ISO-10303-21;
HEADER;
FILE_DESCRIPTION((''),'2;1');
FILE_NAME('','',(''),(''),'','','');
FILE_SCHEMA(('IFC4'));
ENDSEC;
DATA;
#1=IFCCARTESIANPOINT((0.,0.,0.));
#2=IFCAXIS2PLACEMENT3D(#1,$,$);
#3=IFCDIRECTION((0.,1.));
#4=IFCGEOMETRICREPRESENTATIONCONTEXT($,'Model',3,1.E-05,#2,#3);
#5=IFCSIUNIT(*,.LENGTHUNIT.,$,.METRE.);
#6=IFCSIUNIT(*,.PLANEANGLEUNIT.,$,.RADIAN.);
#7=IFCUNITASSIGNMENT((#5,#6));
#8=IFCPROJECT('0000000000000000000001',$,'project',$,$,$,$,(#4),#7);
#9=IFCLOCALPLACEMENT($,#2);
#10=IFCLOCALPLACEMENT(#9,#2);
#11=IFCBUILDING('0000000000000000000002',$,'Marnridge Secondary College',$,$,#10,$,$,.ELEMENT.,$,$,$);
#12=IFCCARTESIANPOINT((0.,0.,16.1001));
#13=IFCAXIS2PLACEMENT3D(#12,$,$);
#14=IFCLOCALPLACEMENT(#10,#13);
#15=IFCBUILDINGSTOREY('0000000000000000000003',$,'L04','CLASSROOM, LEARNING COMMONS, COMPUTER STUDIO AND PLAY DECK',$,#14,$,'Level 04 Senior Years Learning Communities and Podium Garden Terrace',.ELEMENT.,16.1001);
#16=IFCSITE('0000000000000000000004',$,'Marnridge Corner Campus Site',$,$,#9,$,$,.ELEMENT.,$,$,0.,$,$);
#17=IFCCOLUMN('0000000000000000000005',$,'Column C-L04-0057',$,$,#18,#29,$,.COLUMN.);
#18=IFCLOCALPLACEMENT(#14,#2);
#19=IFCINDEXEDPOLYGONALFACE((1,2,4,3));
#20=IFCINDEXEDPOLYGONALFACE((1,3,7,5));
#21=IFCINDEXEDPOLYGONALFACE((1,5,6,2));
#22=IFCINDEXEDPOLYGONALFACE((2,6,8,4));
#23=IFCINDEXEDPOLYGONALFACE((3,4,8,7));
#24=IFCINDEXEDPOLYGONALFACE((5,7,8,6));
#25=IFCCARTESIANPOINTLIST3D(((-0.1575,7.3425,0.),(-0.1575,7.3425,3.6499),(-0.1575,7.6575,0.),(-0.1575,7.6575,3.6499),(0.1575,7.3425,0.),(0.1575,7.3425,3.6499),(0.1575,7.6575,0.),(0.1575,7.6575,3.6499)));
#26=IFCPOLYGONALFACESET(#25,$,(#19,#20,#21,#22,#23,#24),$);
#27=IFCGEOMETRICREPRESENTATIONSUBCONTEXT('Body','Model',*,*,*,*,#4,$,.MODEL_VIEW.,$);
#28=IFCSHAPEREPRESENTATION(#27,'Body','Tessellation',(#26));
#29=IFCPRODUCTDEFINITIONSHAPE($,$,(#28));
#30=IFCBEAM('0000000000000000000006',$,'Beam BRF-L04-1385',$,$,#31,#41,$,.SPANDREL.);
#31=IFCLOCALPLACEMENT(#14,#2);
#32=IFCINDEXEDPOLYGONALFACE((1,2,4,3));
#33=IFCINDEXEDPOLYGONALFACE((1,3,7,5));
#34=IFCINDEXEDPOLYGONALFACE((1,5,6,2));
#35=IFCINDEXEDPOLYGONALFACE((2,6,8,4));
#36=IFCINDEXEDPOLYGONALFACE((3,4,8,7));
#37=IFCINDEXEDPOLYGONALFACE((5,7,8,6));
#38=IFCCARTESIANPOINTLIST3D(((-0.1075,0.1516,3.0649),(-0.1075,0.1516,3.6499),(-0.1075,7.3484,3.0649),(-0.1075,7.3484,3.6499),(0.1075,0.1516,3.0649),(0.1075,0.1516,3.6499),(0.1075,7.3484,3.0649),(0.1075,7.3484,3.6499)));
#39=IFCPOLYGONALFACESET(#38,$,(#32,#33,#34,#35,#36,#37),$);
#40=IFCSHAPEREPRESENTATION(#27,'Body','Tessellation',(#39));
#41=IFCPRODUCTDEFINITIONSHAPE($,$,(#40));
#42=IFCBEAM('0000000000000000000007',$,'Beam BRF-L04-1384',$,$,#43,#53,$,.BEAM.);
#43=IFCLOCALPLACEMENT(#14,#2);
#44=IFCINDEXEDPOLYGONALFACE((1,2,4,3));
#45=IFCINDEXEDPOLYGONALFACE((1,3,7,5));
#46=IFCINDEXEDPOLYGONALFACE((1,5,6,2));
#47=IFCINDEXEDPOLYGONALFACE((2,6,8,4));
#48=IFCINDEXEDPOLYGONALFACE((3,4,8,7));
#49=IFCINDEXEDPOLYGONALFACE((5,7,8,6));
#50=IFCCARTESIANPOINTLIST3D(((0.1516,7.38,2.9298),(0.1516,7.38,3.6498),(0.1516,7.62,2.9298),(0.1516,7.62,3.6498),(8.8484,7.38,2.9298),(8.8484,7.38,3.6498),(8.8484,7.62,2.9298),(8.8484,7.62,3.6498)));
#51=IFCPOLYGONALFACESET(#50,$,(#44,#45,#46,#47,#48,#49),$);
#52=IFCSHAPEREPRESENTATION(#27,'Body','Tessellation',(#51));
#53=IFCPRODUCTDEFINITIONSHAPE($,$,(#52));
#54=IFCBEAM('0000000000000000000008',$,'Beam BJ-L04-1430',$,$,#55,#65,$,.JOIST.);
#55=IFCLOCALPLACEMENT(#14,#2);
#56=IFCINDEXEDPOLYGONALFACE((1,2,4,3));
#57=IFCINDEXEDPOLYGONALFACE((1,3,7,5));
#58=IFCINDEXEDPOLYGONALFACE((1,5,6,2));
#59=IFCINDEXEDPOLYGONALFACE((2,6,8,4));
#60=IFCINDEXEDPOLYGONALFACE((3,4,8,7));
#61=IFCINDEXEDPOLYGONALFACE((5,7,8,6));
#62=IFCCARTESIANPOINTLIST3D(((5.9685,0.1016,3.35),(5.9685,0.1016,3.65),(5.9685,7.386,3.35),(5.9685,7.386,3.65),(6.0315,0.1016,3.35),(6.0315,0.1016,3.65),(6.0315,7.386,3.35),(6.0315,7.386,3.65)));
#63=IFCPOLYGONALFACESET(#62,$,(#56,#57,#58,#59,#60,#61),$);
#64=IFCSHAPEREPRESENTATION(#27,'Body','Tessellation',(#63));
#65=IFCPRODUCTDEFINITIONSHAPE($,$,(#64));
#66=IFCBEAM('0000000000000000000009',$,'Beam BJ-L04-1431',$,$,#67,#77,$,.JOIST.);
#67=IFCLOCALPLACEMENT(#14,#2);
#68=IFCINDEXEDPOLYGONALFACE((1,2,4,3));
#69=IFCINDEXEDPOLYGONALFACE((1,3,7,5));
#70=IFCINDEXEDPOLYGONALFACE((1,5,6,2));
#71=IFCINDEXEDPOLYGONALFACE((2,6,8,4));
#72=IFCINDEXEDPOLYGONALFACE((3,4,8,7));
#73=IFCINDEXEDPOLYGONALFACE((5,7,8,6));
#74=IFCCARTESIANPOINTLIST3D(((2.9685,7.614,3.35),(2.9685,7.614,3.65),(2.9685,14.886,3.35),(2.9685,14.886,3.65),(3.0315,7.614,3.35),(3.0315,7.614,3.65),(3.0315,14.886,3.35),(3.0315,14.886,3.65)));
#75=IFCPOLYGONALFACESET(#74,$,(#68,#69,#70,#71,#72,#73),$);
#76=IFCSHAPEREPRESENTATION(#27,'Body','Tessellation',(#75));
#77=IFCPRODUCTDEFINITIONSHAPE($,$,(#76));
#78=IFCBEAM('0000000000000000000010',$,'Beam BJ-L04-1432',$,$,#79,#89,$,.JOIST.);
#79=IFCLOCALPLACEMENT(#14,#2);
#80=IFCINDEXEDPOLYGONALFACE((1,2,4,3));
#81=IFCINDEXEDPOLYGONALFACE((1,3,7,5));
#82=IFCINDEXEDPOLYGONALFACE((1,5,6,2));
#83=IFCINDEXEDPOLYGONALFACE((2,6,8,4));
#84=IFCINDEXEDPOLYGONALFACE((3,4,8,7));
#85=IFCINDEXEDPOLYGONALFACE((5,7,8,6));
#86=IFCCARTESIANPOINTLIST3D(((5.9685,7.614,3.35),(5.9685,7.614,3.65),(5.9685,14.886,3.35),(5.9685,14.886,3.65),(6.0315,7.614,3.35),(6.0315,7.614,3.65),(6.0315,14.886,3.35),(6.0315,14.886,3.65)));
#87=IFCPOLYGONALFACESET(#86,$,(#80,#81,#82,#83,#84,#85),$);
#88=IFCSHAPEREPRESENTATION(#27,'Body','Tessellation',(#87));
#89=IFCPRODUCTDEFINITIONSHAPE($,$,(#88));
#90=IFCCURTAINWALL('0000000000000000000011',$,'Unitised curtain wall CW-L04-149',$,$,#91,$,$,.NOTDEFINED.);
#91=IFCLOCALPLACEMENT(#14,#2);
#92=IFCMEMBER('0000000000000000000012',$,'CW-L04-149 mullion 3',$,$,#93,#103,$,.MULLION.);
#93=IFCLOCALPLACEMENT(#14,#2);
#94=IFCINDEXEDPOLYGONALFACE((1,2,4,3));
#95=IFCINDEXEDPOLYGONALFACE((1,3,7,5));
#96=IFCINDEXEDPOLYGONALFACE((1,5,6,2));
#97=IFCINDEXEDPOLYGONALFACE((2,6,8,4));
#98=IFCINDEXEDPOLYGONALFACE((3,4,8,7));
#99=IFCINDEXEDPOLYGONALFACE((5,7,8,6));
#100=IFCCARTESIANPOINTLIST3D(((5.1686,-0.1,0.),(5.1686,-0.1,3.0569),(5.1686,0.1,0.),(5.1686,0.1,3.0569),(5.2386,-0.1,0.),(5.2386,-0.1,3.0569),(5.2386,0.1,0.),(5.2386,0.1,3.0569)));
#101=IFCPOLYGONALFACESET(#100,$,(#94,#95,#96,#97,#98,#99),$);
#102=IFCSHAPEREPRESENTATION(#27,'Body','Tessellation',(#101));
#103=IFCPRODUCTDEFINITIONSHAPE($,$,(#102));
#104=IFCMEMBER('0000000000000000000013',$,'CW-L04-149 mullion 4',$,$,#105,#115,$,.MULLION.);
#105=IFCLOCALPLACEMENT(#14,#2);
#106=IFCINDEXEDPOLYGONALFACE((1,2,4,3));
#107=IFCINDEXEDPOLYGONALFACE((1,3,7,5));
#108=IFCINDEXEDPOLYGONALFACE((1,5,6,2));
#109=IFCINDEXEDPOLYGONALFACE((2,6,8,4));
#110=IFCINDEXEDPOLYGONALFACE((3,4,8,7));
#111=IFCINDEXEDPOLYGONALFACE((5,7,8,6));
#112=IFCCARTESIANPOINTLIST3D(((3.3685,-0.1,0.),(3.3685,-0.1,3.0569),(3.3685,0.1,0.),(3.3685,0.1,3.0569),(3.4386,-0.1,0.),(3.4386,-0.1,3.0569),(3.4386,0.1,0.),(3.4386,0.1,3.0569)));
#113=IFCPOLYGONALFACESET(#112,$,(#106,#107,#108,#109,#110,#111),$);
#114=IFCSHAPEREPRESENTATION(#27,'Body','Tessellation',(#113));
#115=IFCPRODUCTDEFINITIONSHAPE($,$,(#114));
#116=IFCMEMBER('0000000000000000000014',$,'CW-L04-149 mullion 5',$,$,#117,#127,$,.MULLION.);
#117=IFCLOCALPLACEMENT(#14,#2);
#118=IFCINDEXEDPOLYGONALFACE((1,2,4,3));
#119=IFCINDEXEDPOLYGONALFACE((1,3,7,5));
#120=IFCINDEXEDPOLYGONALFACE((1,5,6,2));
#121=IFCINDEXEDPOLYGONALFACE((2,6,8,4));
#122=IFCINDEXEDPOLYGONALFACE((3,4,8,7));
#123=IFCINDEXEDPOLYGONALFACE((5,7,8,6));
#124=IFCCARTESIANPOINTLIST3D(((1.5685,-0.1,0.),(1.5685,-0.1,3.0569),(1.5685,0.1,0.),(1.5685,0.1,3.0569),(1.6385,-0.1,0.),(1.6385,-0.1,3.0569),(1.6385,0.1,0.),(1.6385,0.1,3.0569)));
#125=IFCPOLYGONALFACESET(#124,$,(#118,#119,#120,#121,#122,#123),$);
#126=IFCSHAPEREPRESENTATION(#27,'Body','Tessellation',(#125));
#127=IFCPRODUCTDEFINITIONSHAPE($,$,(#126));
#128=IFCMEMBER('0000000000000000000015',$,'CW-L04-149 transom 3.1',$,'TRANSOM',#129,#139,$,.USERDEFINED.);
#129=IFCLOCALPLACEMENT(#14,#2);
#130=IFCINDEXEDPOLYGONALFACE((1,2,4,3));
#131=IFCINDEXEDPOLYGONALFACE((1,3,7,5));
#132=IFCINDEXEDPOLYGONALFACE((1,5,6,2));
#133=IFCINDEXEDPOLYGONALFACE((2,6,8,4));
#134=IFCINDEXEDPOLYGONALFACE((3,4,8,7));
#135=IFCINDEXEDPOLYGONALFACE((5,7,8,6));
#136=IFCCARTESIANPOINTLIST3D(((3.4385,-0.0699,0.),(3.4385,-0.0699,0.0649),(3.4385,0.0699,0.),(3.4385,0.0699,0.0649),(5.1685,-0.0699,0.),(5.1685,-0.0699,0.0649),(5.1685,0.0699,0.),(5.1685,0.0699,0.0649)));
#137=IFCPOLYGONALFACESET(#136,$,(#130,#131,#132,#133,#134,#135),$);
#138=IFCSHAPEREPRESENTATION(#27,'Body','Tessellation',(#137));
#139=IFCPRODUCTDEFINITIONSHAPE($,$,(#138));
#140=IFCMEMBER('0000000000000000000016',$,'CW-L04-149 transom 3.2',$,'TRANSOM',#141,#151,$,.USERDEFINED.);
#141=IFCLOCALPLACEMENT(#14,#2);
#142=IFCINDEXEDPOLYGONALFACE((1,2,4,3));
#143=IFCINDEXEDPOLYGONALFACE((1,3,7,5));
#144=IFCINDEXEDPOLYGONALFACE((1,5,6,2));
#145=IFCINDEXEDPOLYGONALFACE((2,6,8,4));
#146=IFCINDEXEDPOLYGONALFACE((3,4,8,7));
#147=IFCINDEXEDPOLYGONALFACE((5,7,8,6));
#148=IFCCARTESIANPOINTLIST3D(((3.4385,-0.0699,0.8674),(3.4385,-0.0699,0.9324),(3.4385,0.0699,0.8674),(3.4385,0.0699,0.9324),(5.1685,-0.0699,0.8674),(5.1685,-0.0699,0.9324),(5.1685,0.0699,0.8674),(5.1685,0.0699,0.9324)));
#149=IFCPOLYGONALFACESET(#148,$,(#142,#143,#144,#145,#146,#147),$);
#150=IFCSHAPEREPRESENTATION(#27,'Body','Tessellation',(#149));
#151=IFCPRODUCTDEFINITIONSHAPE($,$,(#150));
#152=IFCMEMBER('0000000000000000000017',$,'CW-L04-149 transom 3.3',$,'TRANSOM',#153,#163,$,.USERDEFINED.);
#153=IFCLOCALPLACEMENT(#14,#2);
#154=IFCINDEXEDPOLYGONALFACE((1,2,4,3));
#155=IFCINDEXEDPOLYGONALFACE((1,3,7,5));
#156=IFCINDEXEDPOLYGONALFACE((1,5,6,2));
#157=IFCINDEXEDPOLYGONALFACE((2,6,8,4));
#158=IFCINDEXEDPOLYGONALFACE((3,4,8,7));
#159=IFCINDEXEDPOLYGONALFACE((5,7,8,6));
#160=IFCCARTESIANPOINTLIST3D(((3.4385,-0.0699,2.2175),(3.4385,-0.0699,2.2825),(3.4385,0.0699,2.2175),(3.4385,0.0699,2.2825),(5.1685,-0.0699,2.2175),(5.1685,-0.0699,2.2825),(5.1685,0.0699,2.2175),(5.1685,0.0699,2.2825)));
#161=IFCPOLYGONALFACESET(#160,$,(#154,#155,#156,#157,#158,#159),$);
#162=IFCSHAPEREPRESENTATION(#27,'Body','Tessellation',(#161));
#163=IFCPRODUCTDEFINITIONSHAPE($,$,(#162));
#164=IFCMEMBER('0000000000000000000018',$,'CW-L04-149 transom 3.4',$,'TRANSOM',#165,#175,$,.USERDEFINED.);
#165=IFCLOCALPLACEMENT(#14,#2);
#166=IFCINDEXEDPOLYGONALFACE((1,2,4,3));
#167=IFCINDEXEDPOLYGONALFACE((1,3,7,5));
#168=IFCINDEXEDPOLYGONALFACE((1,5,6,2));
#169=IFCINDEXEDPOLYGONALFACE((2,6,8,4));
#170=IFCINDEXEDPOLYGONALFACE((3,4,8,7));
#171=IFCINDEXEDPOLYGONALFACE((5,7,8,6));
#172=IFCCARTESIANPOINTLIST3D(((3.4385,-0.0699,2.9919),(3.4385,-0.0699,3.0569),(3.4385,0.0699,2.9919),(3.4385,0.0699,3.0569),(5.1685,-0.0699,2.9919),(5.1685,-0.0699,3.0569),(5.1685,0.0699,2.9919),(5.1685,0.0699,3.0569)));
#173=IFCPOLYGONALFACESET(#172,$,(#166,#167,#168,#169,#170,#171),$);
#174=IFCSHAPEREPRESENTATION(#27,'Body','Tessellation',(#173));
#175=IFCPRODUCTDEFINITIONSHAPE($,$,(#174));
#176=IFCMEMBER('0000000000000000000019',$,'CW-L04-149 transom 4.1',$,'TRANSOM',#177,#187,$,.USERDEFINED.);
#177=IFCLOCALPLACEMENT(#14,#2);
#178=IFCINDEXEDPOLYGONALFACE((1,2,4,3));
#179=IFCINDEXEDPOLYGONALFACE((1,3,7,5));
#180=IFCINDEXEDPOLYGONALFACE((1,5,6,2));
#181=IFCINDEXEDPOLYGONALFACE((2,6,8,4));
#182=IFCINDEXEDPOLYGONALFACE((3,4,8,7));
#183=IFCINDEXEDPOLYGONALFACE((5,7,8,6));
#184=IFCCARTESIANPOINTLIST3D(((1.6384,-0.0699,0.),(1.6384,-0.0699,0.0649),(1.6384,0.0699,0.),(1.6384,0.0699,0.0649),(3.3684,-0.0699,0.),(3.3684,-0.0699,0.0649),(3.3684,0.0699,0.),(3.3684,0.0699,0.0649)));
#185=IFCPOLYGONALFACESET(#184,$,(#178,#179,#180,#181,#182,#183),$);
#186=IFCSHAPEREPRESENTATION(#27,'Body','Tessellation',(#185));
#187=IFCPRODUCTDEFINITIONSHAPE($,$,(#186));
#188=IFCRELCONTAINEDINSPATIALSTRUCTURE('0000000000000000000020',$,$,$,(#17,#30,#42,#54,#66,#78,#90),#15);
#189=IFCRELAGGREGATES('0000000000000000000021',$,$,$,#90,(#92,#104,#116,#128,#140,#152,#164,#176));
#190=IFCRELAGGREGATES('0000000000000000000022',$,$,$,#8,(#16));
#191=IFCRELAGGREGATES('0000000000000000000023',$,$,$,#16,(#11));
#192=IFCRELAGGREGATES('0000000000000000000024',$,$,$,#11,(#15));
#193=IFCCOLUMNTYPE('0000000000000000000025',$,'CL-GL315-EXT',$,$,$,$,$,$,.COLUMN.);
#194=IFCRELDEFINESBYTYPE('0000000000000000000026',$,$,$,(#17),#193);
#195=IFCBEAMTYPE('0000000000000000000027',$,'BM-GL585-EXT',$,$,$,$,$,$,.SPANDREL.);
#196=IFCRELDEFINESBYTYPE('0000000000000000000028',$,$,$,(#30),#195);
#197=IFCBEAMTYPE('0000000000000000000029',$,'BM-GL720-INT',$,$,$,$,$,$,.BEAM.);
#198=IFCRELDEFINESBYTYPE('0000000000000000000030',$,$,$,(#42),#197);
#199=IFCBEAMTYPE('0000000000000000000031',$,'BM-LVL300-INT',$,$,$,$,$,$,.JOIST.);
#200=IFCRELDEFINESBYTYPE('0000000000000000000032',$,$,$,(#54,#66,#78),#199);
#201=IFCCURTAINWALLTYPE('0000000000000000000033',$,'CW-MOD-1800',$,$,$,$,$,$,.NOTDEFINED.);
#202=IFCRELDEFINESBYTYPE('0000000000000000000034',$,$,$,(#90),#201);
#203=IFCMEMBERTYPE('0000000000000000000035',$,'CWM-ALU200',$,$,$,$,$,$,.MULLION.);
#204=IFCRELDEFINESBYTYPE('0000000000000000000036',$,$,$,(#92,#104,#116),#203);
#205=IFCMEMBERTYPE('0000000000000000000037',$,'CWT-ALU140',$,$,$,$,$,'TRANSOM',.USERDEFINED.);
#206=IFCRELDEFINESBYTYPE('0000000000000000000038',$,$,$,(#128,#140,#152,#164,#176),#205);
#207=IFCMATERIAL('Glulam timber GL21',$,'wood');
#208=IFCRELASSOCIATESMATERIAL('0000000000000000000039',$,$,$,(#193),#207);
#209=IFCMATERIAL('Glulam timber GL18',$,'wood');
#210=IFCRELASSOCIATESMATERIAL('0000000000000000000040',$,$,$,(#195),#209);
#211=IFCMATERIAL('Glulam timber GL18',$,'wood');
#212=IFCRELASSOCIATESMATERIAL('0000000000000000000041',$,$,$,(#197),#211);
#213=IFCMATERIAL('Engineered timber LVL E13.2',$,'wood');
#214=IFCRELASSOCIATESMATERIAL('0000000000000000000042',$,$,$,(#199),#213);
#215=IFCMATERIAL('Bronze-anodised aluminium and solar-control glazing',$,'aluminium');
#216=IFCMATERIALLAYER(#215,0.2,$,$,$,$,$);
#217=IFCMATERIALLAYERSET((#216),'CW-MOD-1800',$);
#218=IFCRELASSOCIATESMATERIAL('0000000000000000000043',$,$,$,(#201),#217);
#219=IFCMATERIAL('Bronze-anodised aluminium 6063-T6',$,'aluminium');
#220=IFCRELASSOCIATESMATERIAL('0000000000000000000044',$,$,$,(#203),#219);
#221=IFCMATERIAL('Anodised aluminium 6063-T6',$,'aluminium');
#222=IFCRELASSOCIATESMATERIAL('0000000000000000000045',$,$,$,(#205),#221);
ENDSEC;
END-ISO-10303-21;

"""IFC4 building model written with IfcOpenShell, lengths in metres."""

from ifc_helpers import new_model, si_unit, direction, frame, origin, origin_2d, place, context, subcontext, project, spatial, rectangle, extrude, material, layer, layer_set, material_profile, profile_set, type_object, element, aggregate, save


model = new_model("IFC4")

# Units and contexts
model_context = context("Model", 3, precision=1e-05, world=origin(), true_north=direction((0.0, 1.0)))
body_context = subcontext(model_context, "Body", "Model", "MODEL_VIEW")
ifc_project = project(units=[si_unit("LENGTHUNIT", "METRE"), si_unit("PLANEANGLEUNIT", "RADIAN")], contexts=[model_context])

# Site, building, storey
site_placement = place(None, origin())
site = spatial("IfcSite", under=ifc_project, at=site_placement, Name="Marnridge Corner Campus Site", CompositionType="ELEMENT", RefElevation=0.0)
building_placement = place(site_placement, origin())
building = spatial("IfcBuilding", under=site, at=building_placement, Name="Marnridge Secondary College", CompositionType="ELEMENT")
storey_placement = place(building_placement, frame((0.0, 0.0, 16.1001)))
storey = spatial("IfcBuildingStorey", under=building, at=storey_placement, Name="L04", Description="CLASSROOM, LEARNING COMMONS, COMPUTER STUDIO AND PLAY DECK", LongName="Level 04 Senior Years Learning Communities and Podium Garden Terrace", CompositionType="ELEMENT", Elevation=16.1001)

# Column
ifc_material_1 = material(Name="Glulam timber GL21", Category="wood")
ifc_material_profile_1 = material_profile(ifc_material_1, rectangle(XDim=0.3149, YDim=0.3149, at=origin_2d()), Name="GL21 315x315")
ifc_profile_set_1 = profile_set([ifc_material_profile_1], Name="Glulam timber GL21")
column_type = type_object("IfcColumnType", Name="CL-GL315-EXT", PredefinedType="COLUMN", material=ifc_profile_set_1)
column_placement = place(storey_placement, frame((0.0, 7.5, 0.0), z_axis=(0.0, 0.0, 1.0), x_axis=(1.0, 0.0, 0.0)))
element("IfcColumn", 1, at=column_placement, inside=storey, type_object=column_type, Name="Column C-L04-0057", PredefinedType="COLUMN", context=body_context, shape_type="SweptSolid", body=[
    extrude(rectangle(XDim=0.3149, YDim=0.3149, at=origin_2d()), origin(), (0.0, 0.0, 1.0), 3.6499),
])

# Beams
ifc_material_2 = material(Name="Glulam timber GL18", Category="wood")
ifc_material_profile_2 = material_profile(ifc_material_2, rectangle(XDim=0.2151, YDim=0.585, at=origin_2d()), Name="GL18 215x585")
ifc_profile_set_2 = profile_set([ifc_material_profile_2], Name="Glulam timber GL18")
beam_type_1 = type_object("IfcBeamType", Name="BM-GL585-EXT", PredefinedType="SPANDREL", material=ifc_profile_set_2)
beam_1_placement = place(storey_placement, frame((0.0, 0.1516, 3.3574), z_axis=(0.0, 1.0, 0.0), x_axis=(-1.0, 0.0, 0.0)))
element("IfcBeam", 2, at=beam_1_placement, inside=storey, type_object=beam_type_1, Name="Beam BRF-L04-1385", PredefinedType="SPANDREL", context=body_context, shape_type="SweptSolid", body=[
    extrude(rectangle(XDim=0.2151, YDim=0.585, at=origin_2d()), origin(), (0.0, 0.0, 1.0), 7.1968),
])
ifc_material_3 = material(Name="Glulam timber GL18", Category="wood")
ifc_material_profile_3 = material_profile(ifc_material_3, rectangle(XDim=0.24, YDim=0.72, at=origin_2d()), Name="GL18 240x720")
ifc_profile_set_3 = profile_set([ifc_material_profile_3], Name="Glulam timber GL18")
beam_type_2 = type_object("IfcBeamType", Name="BM-GL720-INT", PredefinedType="BEAM", material=ifc_profile_set_3)
beam_2_placement = place(storey_placement, frame((0.1516, 7.5, 3.2898), z_axis=(1.0, 0.0, 0.0), x_axis=(0.0, 1.0, 0.0)))
element("IfcBeam", 3, at=beam_2_placement, inside=storey, type_object=beam_type_2, Name="Beam BRF-L04-1384", PredefinedType="BEAM", context=body_context, shape_type="SweptSolid", body=[
    extrude(rectangle(XDim=0.24, YDim=0.72, at=origin_2d()), origin(), (0.0, 0.0, 1.0), 8.6968),
])
ifc_material_4 = material(Name="Engineered timber LVL E13.2", Category="wood")
ifc_material_profile_4 = material_profile(ifc_material_4, rectangle(XDim=0.063, YDim=0.3, at=origin_2d()), Name="LVL 63x300")
ifc_profile_set_4 = profile_set([ifc_material_profile_4], Name="Engineered timber LVL E13.2")
beam_type_3 = type_object("IfcBeamType", Name="BM-LVL300-INT", PredefinedType="JOIST", material=ifc_profile_set_4)
beam_3_placement = place(storey_placement, frame((6.0, 0.1016, 3.5), z_axis=(0.0, 1.0, 0.0), x_axis=(-1.0, 0.0, 0.0)))
element("IfcBeam", 4, at=beam_3_placement, inside=storey, type_object=beam_type_3, Name="Beam BJ-L04-1430", PredefinedType="JOIST", context=body_context, shape_type="SweptSolid", body=[
    extrude(rectangle(XDim=0.063, YDim=0.3, at=origin_2d()), origin(), (0.0, 0.0, 1.0), 7.2844),
])
for number, where, z_axis, x_axis, name in (
    (5, (3.0, 7.614, 3.5), (0.0, 1.0, 0.0), (-1.0, 0.0, 0.0), "Beam BJ-L04-1431"),
    (6, (6.0, 7.614, 3.5), (0.0, 1.0, 0.0), (-1.0, 0.0, 0.0), "Beam BJ-L04-1432"),
):
    element("IfcBeam", number, at=place(storey_placement, frame(where, z_axis=z_axis, x_axis=x_axis)), inside=storey, type_object=beam_type_3, Name=name, PredefinedType="JOIST", context=body_context, shape_type="SweptSolid", body=[
        extrude(rectangle(XDim=0.063, YDim=0.3, at=origin_2d()), origin(), (0.0, 0.0, 1.0), 7.272),
    ])

# Curtain wall, members
ifc_material_5 = material(Name="Bronze-anodised aluminium and solar-control glazing", Category="aluminium")
ifc_layer_1 = layer(ifc_material_5, 0.2)
ifc_layer_set_1 = layer_set([ifc_layer_1], Name="CW-MOD-1800")
curtain_wall_type = type_object("IfcCurtainWallType", Name="CW-MOD-1800", PredefinedType="NOTDEFINED", material=ifc_layer_set_1)
curtain_wall_placement = place(storey_placement, origin())
curtain_wall = element("IfcCurtainWall", 7, at=curtain_wall_placement, inside=storey, type_object=curtain_wall_type, Name="Unitised curtain wall CW-L04-149", PredefinedType="NOTDEFINED")
ifc_material_6 = material(Name="Bronze-anodised aluminium 6063-T6", Category="aluminium")
ifc_material_profile_5 = material_profile(ifc_material_6, rectangle(XDim=0.0701, YDim=0.2, at=origin_2d()), Name="ALU 70x200")
ifc_profile_set_5 = profile_set([ifc_material_profile_5], Name="Bronze-anodised aluminium 6063-T6")
member_type_1 = type_object("IfcMemberType", Name="CWM-ALU200", PredefinedType="MULLION", material=ifc_profile_set_5)
member_1_placement = place(storey_placement, frame((5.2036, 0.0, 0.0), z_axis=(0.0, 0.0, 1.0), x_axis=(-1.0, 0.0, 0.0)))
member_1 = element("IfcMember", 8, at=member_1_placement, type_object=member_type_1, Name="CW-L04-149 mullion 3", PredefinedType="MULLION", context=body_context, shape_type="SweptSolid", body=[
    extrude(rectangle(XDim=0.0701, YDim=0.2, at=origin_2d()), origin(), (0.0, 0.0, 1.0), 3.0569),
])
member_2_placement = place(storey_placement, frame((3.4036, 0.0, 0.0), z_axis=(0.0, 0.0, 1.0), x_axis=(-1.0, 0.0, 0.0)))
member_2 = element("IfcMember", 9, at=member_2_placement, type_object=member_type_1, Name="CW-L04-149 mullion 4", PredefinedType="MULLION", context=body_context, shape_type="SweptSolid", body=[
    extrude(rectangle(XDim=0.0701, YDim=0.2, at=origin_2d()), origin(), (0.0, 0.0, 1.0), 3.0569),
])
member_3_placement = place(storey_placement, frame((1.6035, 0.0, 0.0), z_axis=(0.0, 0.0, 1.0), x_axis=(-1.0, 0.0, 0.0)))
member_3 = element("IfcMember", 10, at=member_3_placement, type_object=member_type_1, Name="CW-L04-149 mullion 5", PredefinedType="MULLION", context=body_context, shape_type="SweptSolid", body=[
    extrude(rectangle(XDim=0.0701, YDim=0.2, at=origin_2d()), origin(), (0.0, 0.0, 1.0), 3.0569),
])
ifc_material_7 = material(Name="Anodised aluminium 6063-T6", Category="aluminium")
ifc_material_profile_6 = material_profile(ifc_material_7, rectangle(XDim=0.0649, YDim=0.1399, at=origin_2d()), Name="ALU 65x140")
ifc_profile_set_6 = profile_set([ifc_material_profile_6], Name="Anodised aluminium 6063-T6")
member_type_2 = type_object("IfcMemberType", Name="CWT-ALU140", ElementType="TRANSOM", PredefinedType="USERDEFINED", material=ifc_profile_set_6)
member_4_placement = place(storey_placement, frame((5.1685, 0.0, 0.0325), z_axis=(-1.0, 0.0, 0.0), x_axis=(0.0, 0.0, 1.0)))
member_4 = element("IfcMember", 11, at=member_4_placement, type_object=member_type_2, Name="CW-L04-149 transom 3.1", ObjectType="TRANSOM", PredefinedType="USERDEFINED", context=body_context, shape_type="SweptSolid", body=[
    extrude(rectangle(XDim=0.0649, YDim=0.1399, at=origin_2d()), origin(), (0.0, 0.0, 1.0), 1.73),
])
member_5_placement = place(storey_placement, frame((5.1685, 0.0, 0.8999), z_axis=(-1.0, 0.0, 0.0), x_axis=(0.0, 0.0, 1.0)))
member_5 = element("IfcMember", 12, at=member_5_placement, type_object=member_type_2, Name="CW-L04-149 transom 3.2", ObjectType="TRANSOM", PredefinedType="USERDEFINED", context=body_context, shape_type="SweptSolid", body=[
    extrude(rectangle(XDim=0.0649, YDim=0.1399, at=origin_2d()), origin(), (0.0, 0.0, 1.0), 1.73),
])
member_6_placement = place(storey_placement, frame((5.1685, 0.0, 2.25), z_axis=(-1.0, 0.0, 0.0), x_axis=(0.0, 0.0, 1.0)))
member_6 = element("IfcMember", 13, at=member_6_placement, type_object=member_type_2, Name="CW-L04-149 transom 3.3", ObjectType="TRANSOM", PredefinedType="USERDEFINED", context=body_context, shape_type="SweptSolid", body=[
    extrude(rectangle(XDim=0.0649, YDim=0.1399, at=origin_2d()), origin(), (0.0, 0.0, 1.0), 1.73),
])
member_7_placement = place(storey_placement, frame((5.1685, 0.0, 3.0244), z_axis=(-1.0, 0.0, 0.0), x_axis=(0.0, 0.0, 1.0)))
member_7 = element("IfcMember", 14, at=member_7_placement, type_object=member_type_2, Name="CW-L04-149 transom 3.4", ObjectType="TRANSOM", PredefinedType="USERDEFINED", context=body_context, shape_type="SweptSolid", body=[
    extrude(rectangle(XDim=0.0649, YDim=0.1399, at=origin_2d()), origin(), (0.0, 0.0, 1.0), 1.73),
])
member_8_placement = place(storey_placement, frame((3.3684, 0.0, 0.0325), z_axis=(-1.0, 0.0, 0.0), x_axis=(0.0, 0.0, 1.0)))
member_8 = element("IfcMember", 15, at=member_8_placement, type_object=member_type_2, Name="CW-L04-149 transom 4.1", ObjectType="TRANSOM", PredefinedType="USERDEFINED", context=body_context, shape_type="SweptSolid", body=[
    extrude(rectangle(XDim=0.0649, YDim=0.1399, at=origin_2d()), origin(), (0.0, 0.0, 1.0), 1.73),
])
aggregate(curtain_wall, [member_1, member_2, member_3, member_4, member_5, member_6, member_7, member_8])

save(model, "model.ifc")
